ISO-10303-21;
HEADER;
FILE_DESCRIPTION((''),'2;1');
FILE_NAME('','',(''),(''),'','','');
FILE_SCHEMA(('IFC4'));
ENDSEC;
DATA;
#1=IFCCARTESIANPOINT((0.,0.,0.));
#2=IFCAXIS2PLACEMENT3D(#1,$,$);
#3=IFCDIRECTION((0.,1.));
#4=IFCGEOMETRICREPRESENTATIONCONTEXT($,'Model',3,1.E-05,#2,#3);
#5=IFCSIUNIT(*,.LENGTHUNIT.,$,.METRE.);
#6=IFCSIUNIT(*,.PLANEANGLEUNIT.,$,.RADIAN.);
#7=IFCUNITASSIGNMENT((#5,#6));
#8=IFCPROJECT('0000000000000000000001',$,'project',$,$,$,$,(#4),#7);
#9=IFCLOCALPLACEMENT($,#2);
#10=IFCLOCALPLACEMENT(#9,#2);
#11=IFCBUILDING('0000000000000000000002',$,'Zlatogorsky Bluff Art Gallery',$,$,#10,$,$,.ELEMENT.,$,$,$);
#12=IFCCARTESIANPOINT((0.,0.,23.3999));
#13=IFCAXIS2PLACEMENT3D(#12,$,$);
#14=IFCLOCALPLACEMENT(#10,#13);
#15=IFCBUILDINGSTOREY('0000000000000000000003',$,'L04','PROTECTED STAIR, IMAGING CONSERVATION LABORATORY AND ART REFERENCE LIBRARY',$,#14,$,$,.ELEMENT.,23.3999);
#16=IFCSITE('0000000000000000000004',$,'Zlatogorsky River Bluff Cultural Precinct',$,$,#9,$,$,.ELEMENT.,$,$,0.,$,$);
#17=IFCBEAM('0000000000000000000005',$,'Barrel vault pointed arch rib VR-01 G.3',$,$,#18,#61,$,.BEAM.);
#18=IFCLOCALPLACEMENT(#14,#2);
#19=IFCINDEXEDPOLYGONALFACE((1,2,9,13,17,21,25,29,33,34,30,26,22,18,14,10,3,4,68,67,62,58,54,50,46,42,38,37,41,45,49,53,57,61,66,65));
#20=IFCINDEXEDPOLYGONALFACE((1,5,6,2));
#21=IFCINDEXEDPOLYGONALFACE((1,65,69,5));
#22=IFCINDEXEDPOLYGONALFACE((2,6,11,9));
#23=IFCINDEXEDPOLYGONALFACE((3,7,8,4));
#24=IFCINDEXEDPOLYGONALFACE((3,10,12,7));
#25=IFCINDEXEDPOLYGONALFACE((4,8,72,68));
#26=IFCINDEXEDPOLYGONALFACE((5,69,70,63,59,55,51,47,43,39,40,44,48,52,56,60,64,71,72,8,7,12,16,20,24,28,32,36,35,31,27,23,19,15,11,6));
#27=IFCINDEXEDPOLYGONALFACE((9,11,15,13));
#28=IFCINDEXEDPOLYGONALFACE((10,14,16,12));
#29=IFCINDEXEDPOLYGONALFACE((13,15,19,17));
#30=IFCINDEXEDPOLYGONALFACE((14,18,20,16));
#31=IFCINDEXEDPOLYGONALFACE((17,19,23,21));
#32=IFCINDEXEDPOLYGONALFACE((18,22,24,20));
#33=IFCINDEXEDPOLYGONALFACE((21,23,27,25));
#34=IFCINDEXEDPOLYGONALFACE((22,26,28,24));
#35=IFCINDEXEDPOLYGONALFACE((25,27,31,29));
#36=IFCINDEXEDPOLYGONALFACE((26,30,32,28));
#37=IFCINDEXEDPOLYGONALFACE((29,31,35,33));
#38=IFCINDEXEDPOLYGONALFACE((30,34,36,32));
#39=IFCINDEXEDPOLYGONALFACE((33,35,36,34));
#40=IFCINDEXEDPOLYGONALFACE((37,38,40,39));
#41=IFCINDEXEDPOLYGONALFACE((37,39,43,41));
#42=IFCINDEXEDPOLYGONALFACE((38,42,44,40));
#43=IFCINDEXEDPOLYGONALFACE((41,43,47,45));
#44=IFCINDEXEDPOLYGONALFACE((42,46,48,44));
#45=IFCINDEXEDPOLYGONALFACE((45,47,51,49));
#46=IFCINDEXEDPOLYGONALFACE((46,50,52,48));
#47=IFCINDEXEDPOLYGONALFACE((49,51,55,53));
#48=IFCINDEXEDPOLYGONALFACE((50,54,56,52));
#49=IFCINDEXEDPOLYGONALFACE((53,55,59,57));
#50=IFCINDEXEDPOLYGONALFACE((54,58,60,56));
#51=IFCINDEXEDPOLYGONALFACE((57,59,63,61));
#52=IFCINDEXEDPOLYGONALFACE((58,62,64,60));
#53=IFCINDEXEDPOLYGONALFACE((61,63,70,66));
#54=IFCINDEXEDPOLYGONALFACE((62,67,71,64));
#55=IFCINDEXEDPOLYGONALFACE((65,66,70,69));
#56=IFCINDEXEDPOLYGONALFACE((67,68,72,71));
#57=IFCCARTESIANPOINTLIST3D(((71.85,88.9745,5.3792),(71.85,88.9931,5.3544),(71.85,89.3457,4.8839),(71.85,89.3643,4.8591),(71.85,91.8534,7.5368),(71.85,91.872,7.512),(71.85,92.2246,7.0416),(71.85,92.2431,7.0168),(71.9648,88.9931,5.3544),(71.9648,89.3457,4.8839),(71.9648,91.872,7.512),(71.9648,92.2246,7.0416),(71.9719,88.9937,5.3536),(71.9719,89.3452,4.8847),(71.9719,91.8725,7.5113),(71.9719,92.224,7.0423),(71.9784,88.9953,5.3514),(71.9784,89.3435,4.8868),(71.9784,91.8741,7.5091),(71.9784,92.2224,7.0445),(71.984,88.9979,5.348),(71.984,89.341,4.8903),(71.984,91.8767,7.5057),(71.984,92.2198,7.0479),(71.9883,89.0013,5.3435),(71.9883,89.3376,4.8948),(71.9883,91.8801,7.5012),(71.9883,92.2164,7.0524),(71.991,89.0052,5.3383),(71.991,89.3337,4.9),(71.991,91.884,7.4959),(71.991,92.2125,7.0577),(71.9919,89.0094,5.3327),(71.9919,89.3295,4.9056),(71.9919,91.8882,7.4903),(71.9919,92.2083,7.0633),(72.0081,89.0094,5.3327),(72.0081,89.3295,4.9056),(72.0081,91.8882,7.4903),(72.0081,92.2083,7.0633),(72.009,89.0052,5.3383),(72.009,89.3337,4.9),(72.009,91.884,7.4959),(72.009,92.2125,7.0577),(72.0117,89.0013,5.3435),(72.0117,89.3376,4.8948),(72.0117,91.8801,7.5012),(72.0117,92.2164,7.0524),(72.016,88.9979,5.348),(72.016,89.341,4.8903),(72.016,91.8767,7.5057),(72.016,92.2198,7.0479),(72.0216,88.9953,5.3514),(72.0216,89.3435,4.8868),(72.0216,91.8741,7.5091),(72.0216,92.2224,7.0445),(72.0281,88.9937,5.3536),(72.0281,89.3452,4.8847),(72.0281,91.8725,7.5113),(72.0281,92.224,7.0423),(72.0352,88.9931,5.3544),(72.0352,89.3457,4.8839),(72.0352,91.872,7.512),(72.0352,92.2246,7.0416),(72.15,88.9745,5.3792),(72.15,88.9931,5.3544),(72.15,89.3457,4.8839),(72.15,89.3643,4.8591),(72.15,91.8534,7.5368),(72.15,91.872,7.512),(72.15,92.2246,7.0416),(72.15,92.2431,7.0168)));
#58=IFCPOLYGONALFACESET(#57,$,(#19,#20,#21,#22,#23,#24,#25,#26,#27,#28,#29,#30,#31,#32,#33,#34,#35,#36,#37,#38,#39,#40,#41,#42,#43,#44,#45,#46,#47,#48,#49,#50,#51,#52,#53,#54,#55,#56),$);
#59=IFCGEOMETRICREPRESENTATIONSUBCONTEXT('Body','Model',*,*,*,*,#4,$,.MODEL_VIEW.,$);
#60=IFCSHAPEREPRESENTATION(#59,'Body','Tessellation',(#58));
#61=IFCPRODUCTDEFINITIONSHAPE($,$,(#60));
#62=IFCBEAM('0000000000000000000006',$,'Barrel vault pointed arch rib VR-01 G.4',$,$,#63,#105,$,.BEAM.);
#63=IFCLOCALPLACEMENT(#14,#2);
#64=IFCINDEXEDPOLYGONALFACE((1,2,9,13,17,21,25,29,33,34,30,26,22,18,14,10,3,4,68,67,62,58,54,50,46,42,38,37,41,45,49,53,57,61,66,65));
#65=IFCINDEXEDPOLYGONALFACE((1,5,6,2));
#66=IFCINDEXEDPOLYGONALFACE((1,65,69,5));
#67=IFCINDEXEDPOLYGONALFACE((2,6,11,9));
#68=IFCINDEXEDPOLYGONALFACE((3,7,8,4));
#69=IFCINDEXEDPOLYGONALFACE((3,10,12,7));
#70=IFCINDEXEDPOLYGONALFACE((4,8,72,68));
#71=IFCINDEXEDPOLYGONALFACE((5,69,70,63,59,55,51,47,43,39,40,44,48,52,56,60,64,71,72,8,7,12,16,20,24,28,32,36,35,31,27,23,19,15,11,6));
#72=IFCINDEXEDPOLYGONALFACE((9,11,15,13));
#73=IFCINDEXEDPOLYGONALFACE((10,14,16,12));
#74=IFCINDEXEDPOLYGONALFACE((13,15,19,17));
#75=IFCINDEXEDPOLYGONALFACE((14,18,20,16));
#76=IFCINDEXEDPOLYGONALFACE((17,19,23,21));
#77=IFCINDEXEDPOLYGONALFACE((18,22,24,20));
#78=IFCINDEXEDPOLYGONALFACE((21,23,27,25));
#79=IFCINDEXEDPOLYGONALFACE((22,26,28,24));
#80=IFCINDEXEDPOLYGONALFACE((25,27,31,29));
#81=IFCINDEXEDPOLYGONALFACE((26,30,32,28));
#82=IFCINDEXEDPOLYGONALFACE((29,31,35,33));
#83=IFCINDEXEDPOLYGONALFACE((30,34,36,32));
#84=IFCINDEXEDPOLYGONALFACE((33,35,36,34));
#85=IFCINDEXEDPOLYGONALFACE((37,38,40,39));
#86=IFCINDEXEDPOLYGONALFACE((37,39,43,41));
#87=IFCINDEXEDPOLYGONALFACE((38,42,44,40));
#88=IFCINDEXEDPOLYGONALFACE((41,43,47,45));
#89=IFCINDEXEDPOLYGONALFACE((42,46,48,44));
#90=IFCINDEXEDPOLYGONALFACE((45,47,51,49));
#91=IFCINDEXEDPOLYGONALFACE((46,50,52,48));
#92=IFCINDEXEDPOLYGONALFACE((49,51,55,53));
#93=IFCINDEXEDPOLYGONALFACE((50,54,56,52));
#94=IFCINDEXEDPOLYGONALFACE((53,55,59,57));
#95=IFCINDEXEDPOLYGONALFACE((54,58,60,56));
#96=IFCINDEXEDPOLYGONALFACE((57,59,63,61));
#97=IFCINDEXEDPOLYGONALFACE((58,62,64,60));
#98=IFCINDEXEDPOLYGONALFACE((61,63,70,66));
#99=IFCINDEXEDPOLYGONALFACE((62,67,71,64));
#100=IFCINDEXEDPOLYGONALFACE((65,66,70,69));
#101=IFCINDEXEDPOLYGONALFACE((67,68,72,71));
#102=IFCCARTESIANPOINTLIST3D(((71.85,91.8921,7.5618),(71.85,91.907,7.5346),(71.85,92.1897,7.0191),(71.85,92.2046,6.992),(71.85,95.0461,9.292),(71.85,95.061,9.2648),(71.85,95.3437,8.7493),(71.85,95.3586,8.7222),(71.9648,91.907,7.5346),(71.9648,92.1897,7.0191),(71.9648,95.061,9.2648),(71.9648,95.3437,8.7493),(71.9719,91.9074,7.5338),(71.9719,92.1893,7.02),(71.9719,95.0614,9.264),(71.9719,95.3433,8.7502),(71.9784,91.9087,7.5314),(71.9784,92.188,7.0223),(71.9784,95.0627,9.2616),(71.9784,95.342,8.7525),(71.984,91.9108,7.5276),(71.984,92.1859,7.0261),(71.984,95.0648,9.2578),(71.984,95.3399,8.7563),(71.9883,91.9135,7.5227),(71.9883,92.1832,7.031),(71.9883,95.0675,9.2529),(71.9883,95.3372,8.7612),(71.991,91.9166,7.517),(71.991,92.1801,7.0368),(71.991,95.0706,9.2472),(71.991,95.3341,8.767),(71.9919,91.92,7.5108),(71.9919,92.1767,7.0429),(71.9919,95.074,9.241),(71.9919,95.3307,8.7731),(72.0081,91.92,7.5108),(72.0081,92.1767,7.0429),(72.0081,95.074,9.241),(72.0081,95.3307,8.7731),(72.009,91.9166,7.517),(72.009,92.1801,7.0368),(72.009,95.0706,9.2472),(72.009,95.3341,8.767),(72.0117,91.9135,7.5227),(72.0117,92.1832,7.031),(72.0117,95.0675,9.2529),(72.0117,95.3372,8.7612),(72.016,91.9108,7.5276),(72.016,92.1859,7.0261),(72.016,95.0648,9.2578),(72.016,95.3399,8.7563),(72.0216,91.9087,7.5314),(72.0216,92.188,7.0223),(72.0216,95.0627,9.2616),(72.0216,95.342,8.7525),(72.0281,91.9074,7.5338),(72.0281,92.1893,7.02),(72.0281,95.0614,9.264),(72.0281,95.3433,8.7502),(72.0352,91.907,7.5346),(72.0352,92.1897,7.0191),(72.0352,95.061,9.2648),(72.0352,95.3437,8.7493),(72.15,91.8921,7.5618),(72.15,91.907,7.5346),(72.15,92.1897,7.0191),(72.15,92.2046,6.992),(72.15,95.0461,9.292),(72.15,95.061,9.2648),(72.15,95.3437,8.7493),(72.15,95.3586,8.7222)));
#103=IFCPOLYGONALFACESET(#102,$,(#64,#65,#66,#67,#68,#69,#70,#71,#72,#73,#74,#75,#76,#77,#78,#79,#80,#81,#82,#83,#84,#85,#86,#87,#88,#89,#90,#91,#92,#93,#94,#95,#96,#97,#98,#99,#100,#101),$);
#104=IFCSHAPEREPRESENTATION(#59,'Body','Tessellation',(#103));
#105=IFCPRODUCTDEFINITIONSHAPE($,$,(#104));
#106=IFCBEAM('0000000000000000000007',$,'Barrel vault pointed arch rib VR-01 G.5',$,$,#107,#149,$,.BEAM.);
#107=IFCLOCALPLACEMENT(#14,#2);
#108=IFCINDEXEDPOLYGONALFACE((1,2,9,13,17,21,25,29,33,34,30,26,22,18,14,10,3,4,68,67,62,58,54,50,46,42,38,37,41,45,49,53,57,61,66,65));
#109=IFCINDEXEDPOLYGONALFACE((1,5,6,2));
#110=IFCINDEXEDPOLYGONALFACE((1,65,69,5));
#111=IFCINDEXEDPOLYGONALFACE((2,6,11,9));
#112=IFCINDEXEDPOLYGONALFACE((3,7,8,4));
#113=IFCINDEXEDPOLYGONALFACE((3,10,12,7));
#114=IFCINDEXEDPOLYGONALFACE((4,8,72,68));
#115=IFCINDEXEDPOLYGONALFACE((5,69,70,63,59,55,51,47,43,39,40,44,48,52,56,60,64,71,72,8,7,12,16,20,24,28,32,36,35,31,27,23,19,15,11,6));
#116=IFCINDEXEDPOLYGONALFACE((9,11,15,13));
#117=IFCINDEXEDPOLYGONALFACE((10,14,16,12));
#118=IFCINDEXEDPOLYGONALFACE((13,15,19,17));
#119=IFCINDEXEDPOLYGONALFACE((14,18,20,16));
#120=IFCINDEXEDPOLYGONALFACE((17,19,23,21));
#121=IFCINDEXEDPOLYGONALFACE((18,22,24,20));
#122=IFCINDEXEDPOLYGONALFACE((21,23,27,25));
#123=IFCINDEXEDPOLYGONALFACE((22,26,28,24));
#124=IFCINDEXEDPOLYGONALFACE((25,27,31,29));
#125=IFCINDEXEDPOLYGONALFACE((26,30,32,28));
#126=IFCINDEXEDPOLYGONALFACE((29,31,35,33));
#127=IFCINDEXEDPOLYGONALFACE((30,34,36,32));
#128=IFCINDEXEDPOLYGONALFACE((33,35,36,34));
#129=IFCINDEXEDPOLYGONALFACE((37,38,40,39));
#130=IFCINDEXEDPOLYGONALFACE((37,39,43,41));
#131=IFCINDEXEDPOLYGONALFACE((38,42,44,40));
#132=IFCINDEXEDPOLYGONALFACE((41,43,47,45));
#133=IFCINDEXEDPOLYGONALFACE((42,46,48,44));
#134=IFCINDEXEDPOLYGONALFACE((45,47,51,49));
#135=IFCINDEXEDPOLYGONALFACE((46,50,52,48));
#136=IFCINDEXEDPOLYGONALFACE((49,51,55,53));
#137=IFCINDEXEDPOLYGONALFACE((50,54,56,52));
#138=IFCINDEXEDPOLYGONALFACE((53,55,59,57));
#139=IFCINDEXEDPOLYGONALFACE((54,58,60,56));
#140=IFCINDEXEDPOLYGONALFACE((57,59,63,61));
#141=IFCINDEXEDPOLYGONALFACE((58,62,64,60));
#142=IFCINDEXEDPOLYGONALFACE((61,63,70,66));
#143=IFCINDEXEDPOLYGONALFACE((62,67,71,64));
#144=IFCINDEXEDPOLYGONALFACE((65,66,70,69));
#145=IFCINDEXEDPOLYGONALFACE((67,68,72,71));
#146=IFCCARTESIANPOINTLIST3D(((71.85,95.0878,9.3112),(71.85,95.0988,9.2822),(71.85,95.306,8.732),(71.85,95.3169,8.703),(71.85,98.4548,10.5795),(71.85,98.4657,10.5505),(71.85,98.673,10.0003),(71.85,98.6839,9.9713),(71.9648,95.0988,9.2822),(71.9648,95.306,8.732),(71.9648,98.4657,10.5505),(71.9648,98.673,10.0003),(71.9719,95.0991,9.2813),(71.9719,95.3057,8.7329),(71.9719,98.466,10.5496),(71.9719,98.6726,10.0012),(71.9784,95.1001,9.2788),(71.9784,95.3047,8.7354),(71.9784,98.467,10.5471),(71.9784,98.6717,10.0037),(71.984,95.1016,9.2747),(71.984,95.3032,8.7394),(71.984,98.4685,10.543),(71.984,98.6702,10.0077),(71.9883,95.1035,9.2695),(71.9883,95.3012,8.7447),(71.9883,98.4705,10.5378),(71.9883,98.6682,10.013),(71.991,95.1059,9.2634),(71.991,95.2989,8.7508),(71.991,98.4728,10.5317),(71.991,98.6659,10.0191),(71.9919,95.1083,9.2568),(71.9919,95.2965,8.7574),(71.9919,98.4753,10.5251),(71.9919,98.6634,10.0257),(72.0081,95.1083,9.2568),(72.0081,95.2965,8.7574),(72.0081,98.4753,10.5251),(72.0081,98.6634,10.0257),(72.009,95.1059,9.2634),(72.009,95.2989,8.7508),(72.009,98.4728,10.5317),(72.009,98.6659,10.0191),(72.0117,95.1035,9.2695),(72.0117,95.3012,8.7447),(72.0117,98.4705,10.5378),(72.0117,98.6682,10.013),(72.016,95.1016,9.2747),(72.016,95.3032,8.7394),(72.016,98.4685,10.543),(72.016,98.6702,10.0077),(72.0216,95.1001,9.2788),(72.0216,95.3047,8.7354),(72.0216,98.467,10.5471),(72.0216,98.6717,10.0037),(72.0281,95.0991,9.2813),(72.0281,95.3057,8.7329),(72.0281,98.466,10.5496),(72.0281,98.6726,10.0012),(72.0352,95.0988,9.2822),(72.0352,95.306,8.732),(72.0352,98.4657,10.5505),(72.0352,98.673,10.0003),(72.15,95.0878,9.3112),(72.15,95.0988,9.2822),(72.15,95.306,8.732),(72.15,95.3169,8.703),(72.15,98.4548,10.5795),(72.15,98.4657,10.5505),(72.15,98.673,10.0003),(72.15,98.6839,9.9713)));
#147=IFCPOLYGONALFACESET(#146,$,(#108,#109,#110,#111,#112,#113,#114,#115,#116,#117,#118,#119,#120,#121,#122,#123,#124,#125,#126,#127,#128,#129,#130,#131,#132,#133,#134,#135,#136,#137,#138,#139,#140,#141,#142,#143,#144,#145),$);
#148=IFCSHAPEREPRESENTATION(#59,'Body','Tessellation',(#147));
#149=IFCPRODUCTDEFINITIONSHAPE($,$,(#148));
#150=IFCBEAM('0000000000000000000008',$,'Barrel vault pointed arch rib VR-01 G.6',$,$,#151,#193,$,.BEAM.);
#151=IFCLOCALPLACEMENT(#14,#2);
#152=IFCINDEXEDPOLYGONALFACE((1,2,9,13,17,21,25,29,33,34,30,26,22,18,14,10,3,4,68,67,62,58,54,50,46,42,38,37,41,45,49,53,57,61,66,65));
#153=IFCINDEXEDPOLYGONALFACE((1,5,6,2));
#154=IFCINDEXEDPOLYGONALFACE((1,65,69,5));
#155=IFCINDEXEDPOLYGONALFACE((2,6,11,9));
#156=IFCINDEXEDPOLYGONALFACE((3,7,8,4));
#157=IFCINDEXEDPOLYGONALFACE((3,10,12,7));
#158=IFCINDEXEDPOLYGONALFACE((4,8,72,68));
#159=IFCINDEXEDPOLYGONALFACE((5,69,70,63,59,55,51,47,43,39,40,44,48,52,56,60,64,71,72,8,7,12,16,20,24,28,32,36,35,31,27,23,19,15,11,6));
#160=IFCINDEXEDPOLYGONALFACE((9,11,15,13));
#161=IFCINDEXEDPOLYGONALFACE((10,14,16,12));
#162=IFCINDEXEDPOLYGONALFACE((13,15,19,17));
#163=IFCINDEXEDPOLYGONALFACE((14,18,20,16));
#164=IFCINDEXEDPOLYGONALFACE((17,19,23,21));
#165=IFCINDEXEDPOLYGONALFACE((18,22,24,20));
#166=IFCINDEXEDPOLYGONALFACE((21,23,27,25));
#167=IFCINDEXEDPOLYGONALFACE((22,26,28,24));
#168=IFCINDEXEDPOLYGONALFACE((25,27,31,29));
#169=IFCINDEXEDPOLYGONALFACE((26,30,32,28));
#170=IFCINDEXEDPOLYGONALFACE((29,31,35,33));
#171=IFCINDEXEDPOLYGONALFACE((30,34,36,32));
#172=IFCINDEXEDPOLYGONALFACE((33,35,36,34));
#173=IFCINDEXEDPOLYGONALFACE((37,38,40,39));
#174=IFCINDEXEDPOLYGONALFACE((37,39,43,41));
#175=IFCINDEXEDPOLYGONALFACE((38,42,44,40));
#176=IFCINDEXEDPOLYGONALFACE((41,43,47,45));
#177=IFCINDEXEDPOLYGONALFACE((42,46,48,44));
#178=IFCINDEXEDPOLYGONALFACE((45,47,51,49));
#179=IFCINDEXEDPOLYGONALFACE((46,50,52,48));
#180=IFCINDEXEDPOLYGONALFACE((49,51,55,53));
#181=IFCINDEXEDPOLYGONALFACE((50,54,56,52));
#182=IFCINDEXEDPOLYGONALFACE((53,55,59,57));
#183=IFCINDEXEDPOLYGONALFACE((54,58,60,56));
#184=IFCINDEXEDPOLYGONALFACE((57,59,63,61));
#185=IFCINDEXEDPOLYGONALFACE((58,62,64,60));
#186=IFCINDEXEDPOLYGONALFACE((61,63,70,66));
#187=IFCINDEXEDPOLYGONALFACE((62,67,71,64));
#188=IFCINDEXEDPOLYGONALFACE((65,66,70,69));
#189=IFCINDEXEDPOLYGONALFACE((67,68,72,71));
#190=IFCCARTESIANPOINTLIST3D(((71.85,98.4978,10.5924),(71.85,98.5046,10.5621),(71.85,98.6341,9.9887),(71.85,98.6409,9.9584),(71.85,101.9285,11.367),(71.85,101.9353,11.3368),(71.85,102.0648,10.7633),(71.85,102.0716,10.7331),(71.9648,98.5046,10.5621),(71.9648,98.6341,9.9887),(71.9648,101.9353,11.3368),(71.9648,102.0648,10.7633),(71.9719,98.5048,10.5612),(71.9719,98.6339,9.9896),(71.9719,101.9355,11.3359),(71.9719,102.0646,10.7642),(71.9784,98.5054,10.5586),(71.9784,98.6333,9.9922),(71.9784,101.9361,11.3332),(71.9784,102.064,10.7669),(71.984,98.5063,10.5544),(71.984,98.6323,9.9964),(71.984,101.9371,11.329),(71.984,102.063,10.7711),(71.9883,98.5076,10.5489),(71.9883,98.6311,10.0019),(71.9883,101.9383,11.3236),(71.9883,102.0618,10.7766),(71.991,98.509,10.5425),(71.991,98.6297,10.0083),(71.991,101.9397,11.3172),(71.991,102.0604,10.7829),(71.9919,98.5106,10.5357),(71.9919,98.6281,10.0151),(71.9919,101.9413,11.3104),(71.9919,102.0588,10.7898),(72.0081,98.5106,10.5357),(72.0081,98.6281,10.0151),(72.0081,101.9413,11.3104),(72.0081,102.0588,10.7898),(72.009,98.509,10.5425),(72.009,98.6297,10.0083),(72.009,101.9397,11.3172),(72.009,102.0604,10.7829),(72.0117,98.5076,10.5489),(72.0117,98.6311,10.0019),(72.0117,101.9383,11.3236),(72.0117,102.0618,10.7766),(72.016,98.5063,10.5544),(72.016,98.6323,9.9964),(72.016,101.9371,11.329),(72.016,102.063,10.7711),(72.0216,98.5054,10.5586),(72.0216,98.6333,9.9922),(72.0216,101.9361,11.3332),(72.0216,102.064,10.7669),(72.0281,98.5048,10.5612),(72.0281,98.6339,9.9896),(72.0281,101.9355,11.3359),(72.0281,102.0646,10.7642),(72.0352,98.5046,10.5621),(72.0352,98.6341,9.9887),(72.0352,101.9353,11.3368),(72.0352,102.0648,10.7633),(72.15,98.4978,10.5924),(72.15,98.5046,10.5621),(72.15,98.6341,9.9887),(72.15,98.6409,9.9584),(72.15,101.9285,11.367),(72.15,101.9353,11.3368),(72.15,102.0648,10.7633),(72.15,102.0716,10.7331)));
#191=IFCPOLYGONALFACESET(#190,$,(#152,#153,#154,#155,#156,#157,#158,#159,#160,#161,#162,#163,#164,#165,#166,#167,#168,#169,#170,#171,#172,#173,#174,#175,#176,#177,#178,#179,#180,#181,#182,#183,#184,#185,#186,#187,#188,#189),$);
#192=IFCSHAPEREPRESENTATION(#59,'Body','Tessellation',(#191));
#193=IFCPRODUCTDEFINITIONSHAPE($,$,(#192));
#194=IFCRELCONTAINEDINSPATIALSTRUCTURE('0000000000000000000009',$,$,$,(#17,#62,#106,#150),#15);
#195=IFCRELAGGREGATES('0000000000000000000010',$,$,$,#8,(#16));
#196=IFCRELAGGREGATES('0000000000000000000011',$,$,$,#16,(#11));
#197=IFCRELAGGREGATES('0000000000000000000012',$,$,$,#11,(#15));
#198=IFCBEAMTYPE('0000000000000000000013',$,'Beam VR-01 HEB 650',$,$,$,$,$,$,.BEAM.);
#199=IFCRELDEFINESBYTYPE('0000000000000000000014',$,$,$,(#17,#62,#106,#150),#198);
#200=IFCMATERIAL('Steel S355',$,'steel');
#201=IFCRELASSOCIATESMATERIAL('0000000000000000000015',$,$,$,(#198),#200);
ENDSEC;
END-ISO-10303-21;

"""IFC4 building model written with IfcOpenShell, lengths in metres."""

from ifc_helpers import new_model, si_unit, direction, frame, origin, origin_2d, place, context, subcontext, project, spatial, i_section, extrude, material, material_profile, profile_set, type_object, element, save


model = new_model("IFC4")

# Units and contexts
model_context = context("Model", 3, precision=1e-05, world=origin(), true_north=direction((0.0, 1.0)))
body_context = subcontext(model_context, "Body", "Model", "MODEL_VIEW")
ifc_project = project(units=[si_unit("LENGTHUNIT", "METRE"), si_unit("PLANEANGLEUNIT", "RADIAN")], contexts=[model_context])

# Site, building, storey
site_placement = place(None, origin())
site = spatial("IfcSite", under=ifc_project, at=site_placement, Name="Zlatogorsky River Bluff Cultural Precinct", CompositionType="ELEMENT", RefElevation=0.0)
building_placement = place(site_placement, origin())
building = spatial("IfcBuilding", under=site, at=building_placement, Name="Zlatogorsky Bluff Art Gallery", CompositionType="ELEMENT")
storey_placement = place(building_placement, frame((0.0, 0.0, 23.3999)))
storey = spatial("IfcBuildingStorey", under=building, at=storey_placement, Name="L04", Description="PROTECTED STAIR, IMAGING CONSERVATION LABORATORY AND ART REFERENCE LIBRARY", CompositionType="ELEMENT", Elevation=23.3999)

# Beams
ifc_material_1 = material(Name="Steel S355", Category="steel")
ifc_material_profile_1 = material_profile(ifc_material_1, i_section(OverallWidth=0.3, OverallDepth=0.6499, WebThickness=0.0161, FlangeThickness=0.031, FilletRadius=0.0271, at=origin_2d()), Name="HEB 650")
ifc_profile_set_1 = profile_set([ifc_material_profile_1], Name="Steel S355")
beam_type_1 = type_object("IfcBeamType", Name="Beam VR-01 HEB 650", PredefinedType="BEAM", material=ifc_profile_set_1)
beam_1_placement = place(storey_placement, frame((72.0, 89.1694, 5.1191), z_axis=(0.0, 0.800195, 0.599739), x_axis=(-1.0, 0.0, 0.0)))
element("IfcBeam", 1, at=beam_1_placement, inside=storey, type_object=beam_type_1, Name="Barrel vault pointed arch rib VR-01 G.3", PredefinedType="BEAM", context=body_context, shape_type="SweptSolid", body=[
    extrude(i_section(OverallWidth=0.3, OverallDepth=0.6499, WebThickness=0.0161, FlangeThickness=0.031, FilletRadius=0.0271, at=origin_2d()), origin(), (0.0, 0.0, 1.0), 3.5977),
])
beam_2_placement = place(storey_placement, frame((72.0, 92.0483, 7.2769), z_axis=(0.0, 0.876744, 0.480957), x_axis=(-1.0, 0.0, 0.0)))
element("IfcBeam", 2, at=beam_2_placement, inside=storey, type_object=beam_type_1, Name="Barrel vault pointed arch rib VR-01 G.4", PredefinedType="BEAM", context=body_context, shape_type="SweptSolid", body=[
    extrude(i_section(OverallWidth=0.3, OverallDepth=0.6499, WebThickness=0.0161, FlangeThickness=0.031, FilletRadius=0.0271, at=origin_2d()), origin(), (0.0, 0.0, 1.0), 3.5974),
])
beam_3_placement = place(storey_placement, frame((72.0, 95.2024, 9.0071), z_axis=(0.0, 0.935807, 0.352514), x_axis=(-1.0, 0.0, 0.0)))
element("IfcBeam", 3, at=beam_3_placement, inside=storey, type_object=beam_type_1, Name="Barrel vault pointed arch rib VR-01 G.5", PredefinedType="BEAM", context=body_context, shape_type="SweptSolid", body=[
    extrude(i_section(OverallWidth=0.3, OverallDepth=0.6499, WebThickness=0.0161, FlangeThickness=0.031, FilletRadius=0.0271, at=origin_2d()), origin(), (0.0, 0.0, 1.0), 3.5979),
])
for number, where, z_axis, x_axis, name in (
    (4, (72.0, 98.5693, 10.2754), (0.0, 0.975441, 0.220259), (-1.0, 0.0, 0.0), "Barrel vault pointed arch rib VR-01 G.6"),
):
    element("IfcBeam", number, at=place(storey_placement, frame(where, z_axis=z_axis, x_axis=x_axis)), inside=storey, type_object=beam_type_1, Name=name, PredefinedType="BEAM", context=body_context, shape_type="SweptSolid", body=[
        extrude(i_section(OverallWidth=0.3, OverallDepth=0.6499, WebThickness=0.0161, FlangeThickness=0.031, FilletRadius=0.0271, at=origin_2d()), origin(), (0.0, 0.0, 1.0), 3.5171),
    ])

save(model, "model.ifc")
